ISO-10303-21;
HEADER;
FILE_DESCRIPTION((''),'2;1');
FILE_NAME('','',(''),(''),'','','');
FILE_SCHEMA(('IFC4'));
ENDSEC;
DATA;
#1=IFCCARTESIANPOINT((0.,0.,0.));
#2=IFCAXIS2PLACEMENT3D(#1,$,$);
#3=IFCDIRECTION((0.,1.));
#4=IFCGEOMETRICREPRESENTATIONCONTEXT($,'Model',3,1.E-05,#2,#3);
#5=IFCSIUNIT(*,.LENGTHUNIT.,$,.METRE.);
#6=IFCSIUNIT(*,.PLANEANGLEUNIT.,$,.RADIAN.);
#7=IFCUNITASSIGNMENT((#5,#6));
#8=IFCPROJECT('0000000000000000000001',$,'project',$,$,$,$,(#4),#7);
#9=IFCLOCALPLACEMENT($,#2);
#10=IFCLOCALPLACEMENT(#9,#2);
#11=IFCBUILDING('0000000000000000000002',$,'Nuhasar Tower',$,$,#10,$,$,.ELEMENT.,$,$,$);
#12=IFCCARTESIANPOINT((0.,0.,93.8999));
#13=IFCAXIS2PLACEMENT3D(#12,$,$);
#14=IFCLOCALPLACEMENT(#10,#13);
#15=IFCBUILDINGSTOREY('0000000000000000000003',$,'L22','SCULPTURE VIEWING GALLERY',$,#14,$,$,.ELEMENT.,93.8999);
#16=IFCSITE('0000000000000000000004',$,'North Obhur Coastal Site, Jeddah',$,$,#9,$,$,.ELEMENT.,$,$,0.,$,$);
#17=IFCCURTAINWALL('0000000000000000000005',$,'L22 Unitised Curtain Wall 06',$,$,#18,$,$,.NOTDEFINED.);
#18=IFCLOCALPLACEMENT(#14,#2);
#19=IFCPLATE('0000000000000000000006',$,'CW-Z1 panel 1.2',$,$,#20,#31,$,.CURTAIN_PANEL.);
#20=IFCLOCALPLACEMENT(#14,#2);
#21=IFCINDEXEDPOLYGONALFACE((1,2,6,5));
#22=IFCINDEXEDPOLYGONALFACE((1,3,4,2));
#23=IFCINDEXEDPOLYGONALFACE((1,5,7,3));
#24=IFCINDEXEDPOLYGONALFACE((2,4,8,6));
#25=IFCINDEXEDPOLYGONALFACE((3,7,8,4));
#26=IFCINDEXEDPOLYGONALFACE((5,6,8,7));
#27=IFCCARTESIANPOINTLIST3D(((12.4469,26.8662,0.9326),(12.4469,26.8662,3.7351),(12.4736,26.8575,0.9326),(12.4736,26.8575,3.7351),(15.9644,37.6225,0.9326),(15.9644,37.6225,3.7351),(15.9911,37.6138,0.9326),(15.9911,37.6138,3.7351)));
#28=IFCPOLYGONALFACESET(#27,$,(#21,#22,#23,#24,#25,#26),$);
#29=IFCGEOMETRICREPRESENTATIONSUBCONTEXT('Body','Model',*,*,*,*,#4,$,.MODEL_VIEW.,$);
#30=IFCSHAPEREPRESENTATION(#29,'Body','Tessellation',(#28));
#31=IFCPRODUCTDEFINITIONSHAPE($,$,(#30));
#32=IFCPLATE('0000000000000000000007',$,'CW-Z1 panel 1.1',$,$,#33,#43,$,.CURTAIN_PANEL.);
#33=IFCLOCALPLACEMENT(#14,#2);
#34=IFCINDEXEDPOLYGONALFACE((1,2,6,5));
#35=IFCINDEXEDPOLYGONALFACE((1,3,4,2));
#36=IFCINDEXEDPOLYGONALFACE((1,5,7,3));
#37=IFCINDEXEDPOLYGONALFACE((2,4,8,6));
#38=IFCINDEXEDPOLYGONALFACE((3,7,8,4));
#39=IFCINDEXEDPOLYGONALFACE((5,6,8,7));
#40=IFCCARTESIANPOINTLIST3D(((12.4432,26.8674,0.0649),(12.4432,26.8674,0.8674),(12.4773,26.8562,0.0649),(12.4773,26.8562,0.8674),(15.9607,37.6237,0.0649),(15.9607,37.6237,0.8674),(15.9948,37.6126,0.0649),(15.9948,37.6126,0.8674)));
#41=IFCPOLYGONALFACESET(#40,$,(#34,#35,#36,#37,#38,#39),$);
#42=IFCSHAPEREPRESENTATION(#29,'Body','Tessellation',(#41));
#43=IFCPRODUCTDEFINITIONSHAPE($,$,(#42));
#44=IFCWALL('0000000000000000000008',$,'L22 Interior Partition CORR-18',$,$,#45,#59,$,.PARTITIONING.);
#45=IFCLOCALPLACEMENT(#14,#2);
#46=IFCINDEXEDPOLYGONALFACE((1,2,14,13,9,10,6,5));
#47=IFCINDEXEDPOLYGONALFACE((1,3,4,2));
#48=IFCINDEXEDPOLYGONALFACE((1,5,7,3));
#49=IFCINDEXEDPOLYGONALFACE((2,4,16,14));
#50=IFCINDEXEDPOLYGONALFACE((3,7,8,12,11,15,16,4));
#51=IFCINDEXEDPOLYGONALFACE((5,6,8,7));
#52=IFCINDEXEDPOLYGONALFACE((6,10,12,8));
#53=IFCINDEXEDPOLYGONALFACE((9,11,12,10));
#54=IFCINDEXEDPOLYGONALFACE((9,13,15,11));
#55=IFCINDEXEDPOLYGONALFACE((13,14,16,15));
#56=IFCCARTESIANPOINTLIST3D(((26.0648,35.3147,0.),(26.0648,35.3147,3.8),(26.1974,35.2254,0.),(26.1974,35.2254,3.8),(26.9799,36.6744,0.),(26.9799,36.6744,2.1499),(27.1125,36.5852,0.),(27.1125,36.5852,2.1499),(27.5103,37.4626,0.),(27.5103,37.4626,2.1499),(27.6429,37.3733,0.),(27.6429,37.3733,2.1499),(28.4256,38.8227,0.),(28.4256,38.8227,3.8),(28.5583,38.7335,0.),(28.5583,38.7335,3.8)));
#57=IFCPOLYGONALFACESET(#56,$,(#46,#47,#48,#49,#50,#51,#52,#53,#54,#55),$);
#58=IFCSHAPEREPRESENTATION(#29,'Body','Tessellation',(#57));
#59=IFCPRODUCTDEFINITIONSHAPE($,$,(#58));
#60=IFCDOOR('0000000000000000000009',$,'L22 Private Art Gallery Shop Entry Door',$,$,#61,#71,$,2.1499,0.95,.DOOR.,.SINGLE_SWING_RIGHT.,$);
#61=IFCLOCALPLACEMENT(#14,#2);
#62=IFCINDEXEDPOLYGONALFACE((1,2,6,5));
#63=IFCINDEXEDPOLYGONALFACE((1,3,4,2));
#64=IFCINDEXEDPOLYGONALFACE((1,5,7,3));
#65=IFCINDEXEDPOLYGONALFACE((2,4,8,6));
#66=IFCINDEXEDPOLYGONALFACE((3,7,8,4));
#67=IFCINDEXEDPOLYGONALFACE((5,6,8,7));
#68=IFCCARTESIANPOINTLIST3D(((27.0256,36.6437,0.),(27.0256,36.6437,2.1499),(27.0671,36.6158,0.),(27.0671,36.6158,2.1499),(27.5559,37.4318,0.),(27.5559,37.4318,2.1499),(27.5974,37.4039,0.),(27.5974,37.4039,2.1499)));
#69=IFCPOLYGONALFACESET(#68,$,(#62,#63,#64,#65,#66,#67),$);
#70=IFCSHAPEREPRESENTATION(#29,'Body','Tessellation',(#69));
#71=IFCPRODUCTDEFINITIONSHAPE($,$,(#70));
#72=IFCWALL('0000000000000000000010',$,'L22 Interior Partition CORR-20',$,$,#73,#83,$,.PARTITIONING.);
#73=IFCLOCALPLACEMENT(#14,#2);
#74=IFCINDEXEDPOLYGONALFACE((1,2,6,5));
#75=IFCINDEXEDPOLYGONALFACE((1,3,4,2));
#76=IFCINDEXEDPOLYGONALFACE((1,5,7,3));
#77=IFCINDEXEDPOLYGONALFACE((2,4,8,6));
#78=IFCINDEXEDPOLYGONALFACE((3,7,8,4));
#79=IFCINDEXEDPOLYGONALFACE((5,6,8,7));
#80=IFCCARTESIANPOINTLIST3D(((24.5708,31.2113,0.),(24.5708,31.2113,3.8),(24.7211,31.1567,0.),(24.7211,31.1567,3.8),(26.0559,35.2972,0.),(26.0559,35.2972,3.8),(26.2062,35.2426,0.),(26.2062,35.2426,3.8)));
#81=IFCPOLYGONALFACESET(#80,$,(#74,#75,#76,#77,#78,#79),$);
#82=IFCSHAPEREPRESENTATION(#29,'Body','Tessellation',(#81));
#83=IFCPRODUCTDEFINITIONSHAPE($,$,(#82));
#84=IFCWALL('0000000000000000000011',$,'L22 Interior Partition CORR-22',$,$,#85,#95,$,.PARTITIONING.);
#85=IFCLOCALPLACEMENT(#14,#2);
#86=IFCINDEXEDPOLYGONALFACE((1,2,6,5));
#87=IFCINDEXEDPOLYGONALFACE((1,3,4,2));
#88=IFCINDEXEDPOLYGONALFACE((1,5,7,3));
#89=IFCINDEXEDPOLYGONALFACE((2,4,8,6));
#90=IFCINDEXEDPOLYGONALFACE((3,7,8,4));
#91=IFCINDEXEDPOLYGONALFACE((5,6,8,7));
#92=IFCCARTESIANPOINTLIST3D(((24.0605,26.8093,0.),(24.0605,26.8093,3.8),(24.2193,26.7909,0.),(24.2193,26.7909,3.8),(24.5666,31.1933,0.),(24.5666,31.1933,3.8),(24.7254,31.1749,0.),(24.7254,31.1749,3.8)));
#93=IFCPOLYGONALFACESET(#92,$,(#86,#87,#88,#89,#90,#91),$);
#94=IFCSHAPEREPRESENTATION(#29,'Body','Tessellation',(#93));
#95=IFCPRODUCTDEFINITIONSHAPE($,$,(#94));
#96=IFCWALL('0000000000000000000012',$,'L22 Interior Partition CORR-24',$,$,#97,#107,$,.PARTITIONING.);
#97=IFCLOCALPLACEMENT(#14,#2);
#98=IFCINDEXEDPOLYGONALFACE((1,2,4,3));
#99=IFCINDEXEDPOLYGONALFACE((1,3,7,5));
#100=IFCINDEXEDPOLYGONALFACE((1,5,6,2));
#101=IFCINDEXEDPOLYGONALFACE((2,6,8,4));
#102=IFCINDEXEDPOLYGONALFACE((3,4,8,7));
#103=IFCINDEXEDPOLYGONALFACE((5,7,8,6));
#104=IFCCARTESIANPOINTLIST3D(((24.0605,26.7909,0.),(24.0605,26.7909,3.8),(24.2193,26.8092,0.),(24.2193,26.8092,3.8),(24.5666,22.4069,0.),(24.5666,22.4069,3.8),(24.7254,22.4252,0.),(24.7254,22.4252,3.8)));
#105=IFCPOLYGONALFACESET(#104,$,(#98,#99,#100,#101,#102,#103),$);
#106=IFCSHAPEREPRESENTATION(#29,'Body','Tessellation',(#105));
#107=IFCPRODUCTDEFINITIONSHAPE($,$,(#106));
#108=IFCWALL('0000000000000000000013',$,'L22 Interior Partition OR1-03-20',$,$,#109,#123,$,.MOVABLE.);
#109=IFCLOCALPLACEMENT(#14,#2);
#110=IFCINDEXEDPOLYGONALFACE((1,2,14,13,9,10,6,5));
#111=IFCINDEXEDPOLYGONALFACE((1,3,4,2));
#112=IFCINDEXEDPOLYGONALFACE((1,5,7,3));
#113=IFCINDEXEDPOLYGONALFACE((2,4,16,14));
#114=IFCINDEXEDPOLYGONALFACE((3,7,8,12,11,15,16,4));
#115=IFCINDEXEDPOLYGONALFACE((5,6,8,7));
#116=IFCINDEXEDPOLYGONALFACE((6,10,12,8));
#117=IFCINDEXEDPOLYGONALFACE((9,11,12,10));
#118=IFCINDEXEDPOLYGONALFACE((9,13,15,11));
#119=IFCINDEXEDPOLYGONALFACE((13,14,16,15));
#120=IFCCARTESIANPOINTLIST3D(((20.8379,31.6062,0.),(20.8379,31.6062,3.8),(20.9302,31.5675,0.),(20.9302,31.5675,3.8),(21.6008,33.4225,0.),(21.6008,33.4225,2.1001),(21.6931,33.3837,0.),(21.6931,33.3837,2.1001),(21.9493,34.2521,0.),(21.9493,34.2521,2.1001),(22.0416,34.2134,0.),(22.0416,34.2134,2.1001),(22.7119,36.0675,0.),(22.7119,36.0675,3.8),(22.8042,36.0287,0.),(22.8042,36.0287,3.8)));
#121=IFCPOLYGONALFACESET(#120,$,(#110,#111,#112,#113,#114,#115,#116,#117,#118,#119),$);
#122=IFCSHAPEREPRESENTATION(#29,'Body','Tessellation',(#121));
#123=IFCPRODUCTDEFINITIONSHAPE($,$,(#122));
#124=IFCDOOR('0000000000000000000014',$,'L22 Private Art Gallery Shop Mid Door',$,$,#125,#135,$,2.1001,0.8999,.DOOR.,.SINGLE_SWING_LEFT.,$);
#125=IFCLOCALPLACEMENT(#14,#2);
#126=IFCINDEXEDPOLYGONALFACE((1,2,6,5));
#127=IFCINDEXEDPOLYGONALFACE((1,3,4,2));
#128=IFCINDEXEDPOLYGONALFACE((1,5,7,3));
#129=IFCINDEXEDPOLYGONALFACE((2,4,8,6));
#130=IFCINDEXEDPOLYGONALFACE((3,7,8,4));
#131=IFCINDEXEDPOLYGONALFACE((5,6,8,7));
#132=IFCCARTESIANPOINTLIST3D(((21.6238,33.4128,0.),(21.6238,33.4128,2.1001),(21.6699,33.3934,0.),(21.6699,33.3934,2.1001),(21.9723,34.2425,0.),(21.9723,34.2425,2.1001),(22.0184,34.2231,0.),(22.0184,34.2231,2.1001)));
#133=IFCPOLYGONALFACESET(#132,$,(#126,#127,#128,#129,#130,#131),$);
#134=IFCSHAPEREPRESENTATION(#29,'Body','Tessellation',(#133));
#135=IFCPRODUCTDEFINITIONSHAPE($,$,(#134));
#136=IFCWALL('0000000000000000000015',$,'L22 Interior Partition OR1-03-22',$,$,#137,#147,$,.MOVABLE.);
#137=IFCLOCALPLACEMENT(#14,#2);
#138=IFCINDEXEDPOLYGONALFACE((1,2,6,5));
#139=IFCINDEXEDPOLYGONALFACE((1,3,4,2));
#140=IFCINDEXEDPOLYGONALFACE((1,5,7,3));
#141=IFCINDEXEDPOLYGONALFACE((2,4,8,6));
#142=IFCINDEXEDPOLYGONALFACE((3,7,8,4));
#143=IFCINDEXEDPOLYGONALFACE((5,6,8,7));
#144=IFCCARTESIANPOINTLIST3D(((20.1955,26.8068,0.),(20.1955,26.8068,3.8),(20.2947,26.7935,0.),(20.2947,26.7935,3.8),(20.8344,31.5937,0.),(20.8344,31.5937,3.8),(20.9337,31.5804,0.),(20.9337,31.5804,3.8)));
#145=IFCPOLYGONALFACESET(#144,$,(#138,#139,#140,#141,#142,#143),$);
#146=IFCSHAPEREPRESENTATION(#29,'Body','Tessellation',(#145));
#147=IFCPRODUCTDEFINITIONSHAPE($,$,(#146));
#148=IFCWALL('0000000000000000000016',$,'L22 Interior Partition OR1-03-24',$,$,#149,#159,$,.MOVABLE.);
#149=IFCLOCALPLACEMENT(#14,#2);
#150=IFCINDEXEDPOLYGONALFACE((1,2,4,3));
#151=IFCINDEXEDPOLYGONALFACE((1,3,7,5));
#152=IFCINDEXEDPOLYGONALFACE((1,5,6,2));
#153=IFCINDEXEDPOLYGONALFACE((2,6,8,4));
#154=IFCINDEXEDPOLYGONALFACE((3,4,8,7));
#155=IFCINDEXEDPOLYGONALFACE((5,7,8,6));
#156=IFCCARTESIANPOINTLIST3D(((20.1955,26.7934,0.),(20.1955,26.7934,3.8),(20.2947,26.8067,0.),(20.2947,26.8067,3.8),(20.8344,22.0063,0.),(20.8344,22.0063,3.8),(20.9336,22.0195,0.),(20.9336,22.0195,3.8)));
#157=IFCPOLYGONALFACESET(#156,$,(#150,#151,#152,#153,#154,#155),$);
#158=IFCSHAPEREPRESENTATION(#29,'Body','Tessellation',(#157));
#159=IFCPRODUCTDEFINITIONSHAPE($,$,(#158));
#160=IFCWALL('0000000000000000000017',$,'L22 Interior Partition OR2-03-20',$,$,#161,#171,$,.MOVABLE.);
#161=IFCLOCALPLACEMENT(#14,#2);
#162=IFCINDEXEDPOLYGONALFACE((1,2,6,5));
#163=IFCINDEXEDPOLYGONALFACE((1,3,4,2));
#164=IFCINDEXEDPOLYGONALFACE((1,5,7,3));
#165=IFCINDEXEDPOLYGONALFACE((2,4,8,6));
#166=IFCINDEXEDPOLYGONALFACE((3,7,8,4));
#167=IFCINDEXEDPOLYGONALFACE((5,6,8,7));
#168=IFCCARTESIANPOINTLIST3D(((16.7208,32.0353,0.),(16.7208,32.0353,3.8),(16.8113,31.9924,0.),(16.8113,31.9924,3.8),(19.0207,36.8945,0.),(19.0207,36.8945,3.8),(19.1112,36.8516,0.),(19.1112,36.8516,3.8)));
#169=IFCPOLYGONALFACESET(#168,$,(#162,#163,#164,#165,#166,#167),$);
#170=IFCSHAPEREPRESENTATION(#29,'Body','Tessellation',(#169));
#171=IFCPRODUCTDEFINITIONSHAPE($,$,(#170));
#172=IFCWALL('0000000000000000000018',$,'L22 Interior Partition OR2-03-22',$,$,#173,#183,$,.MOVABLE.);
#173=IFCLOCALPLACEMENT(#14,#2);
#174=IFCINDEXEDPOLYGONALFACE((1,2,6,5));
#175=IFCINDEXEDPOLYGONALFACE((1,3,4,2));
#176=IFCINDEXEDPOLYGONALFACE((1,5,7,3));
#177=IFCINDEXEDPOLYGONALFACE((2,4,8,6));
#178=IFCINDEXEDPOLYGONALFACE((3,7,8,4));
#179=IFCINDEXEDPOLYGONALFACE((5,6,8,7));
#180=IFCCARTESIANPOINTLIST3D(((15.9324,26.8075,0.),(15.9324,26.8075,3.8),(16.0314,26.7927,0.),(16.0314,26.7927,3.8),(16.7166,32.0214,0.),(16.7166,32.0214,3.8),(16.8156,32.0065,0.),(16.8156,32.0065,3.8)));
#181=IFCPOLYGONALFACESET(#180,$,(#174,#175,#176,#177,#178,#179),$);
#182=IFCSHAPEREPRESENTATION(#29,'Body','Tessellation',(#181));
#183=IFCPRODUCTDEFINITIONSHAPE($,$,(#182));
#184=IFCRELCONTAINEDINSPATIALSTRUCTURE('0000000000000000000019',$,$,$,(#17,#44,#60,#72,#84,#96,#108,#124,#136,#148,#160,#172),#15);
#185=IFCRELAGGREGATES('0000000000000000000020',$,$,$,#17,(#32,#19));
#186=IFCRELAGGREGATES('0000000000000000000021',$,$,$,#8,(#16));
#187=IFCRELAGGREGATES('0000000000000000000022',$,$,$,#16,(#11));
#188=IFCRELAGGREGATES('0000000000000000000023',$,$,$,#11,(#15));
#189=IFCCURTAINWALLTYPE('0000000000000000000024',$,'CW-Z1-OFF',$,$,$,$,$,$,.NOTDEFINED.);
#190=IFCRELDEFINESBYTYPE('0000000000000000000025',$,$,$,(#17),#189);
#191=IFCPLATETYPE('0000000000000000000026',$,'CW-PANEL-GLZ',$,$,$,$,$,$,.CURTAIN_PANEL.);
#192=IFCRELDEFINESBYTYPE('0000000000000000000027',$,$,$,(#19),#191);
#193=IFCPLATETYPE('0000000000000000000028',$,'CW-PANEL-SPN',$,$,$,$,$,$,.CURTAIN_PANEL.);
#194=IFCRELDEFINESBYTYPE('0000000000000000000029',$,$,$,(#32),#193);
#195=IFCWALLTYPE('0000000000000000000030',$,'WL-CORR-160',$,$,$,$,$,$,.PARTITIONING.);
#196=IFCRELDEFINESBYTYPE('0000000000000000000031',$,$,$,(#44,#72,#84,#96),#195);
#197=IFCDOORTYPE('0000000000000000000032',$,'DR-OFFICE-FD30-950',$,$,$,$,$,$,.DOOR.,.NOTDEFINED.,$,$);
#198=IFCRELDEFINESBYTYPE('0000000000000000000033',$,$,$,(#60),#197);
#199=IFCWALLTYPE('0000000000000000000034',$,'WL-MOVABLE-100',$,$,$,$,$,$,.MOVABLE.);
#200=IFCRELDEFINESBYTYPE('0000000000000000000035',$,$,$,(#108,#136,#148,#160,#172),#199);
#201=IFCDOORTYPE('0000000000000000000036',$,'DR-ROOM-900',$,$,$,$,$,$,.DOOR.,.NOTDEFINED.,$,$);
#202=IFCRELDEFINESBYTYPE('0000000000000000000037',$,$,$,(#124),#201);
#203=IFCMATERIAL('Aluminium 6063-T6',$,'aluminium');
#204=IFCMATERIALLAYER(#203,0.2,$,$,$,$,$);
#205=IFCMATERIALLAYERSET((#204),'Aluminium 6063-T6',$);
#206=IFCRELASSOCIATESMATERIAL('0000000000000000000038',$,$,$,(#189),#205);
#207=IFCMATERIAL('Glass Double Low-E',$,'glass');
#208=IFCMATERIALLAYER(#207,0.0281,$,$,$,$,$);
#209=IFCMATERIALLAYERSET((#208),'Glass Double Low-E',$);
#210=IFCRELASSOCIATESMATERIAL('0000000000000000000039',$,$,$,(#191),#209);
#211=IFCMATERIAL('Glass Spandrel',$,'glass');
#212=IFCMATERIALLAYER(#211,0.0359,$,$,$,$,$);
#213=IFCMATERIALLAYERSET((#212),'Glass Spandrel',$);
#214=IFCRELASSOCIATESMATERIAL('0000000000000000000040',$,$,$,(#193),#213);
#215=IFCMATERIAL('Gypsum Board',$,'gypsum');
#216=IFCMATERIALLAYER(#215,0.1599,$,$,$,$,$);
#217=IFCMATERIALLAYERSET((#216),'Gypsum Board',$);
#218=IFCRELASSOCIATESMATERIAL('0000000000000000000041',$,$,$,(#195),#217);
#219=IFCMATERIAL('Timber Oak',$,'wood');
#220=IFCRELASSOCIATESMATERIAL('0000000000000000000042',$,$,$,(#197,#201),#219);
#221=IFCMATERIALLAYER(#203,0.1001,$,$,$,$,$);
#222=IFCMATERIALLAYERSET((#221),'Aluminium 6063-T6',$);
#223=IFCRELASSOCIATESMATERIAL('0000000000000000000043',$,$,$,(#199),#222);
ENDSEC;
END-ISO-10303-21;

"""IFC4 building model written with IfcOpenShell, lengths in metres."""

from ifc_helpers import new_model, si_unit, direction, frame, frame_2d, origin, origin_2d, place, context, subcontext, project, spatial, rectangle, extrude, material, layer, layer_set, type_object, element, fill, aggregate, save


model = new_model("IFC4")

# Units and contexts
model_context = context("Model", 3, precision=1e-05, world=origin(), true_north=direction((0.0, 1.0)))
body_context = subcontext(model_context, "Body", "Model", "MODEL_VIEW")
ifc_project = project(units=[si_unit("LENGTHUNIT", "METRE"), si_unit("PLANEANGLEUNIT", "RADIAN")], contexts=[model_context])

# Site, building, storey
site_placement = place(None, origin())
site = spatial("IfcSite", under=ifc_project, at=site_placement, Name="North Obhur Coastal Site, Jeddah", CompositionType="ELEMENT", RefElevation=0.0)
building_placement = place(site_placement, origin())
building = spatial("IfcBuilding", under=site, at=building_placement, Name="Nuhasar Tower", CompositionType="ELEMENT")
storey_placement = place(building_placement, frame((0.0, 0.0, 93.8999)))
storey = spatial("IfcBuildingStorey", under=building, at=storey_placement, Name="L22", Description="SCULPTURE VIEWING GALLERY", CompositionType="ELEMENT", Elevation=93.8999)

# Curtain wall
ifc_material_1 = material(Name="Aluminium 6063-T6", Category="aluminium")
ifc_layer_1 = layer(ifc_material_1, 0.2)
ifc_layer_set_1 = layer_set([ifc_layer_1], Name="Aluminium 6063-T6")
curtain_wall_type = type_object("IfcCurtainWallType", Name="CW-Z1-OFF", PredefinedType="NOTDEFINED", material=ifc_layer_set_1)
curtain_wall_1_placement = place(storey_placement, origin())
curtain_wall_1 = element("IfcCurtainWall", 1, at=curtain_wall_1_placement, inside=storey, type_object=curtain_wall_type, Name="L22 Unitised Curtain Wall 06", PredefinedType="NOTDEFINED")

# Plates
ifc_material_2 = material(Name="Glass Double Low-E", Category="glass")
ifc_layer_2 = layer(ifc_material_2, 0.0281)
ifc_layer_set_2 = layer_set([ifc_layer_2], Name="Glass Double Low-E")
plate_type_1 = type_object("IfcPlateType", Name="CW-PANEL-GLZ", PredefinedType="CURTAIN_PANEL", material=ifc_layer_set_2)
plate_1_placement = place(storey_placement, frame((14.219, 32.24, 0.9326), z_axis=(0.0, 0.0, 1.0), x_axis=(-0.310824, -0.950468, 0.0)))
plate_1 = element("IfcPlate", 2, at=plate_1_placement, type_object=plate_type_1, Name="CW-Z1 panel 1.2", PredefinedType="CURTAIN_PANEL", context=body_context, shape_type="SweptSolid", body=[
    extrude(rectangle(XDim=11.3169, YDim=0.0281, at=origin_2d()), origin(), (0.0, 0.0, 1.0), 2.8025),
])
ifc_material_3 = material(Name="Glass Spandrel", Category="glass")
ifc_layer_3 = layer(ifc_material_3, 0.0359)
ifc_layer_set_3 = layer_set([ifc_layer_3], Name="Glass Spandrel")
plate_type_2 = type_object("IfcPlateType", Name="CW-PANEL-SPN", PredefinedType="CURTAIN_PANEL", material=ifc_layer_set_3)
plate_2_placement = place(storey_placement, frame((14.219, 32.24, 0.0649), z_axis=(0.0, 0.0, 1.0), x_axis=(-0.310824, -0.950468, 0.0)))
plate_2 = element("IfcPlate", 3, at=plate_2_placement, type_object=plate_type_2, Name="CW-Z1 panel 1.1", PredefinedType="CURTAIN_PANEL", context=body_context, shape_type="SweptSolid", body=[
    extrude(rectangle(XDim=11.3169, YDim=0.0359, at=origin_2d()), origin(), (0.0, 0.0, 1.0), 0.8025),
])
aggregate(curtain_wall_1, [plate_2, plate_1])

# Wall, opening, door
ifc_material_4 = material(Name="Gypsum Board", Category="gypsum")
ifc_layer_4 = layer(ifc_material_4, 0.1599)
ifc_layer_set_4 = layer_set([ifc_layer_4], Name="Gypsum Board")
wall_type_1 = type_object("IfcWallType", Name="WL-CORR-160", PredefinedType="PARTITIONING", material=ifc_layer_set_4)
wall_1_placement = place(storey_placement, frame((26.1311, 35.27, 0.0), z_axis=(0.0, 0.0, 1.0), x_axis=(0.558319, 0.829626, 0.0)))
wall_1 = element("IfcWall", 4, at=wall_1_placement, inside=storey, type_object=wall_type_1, Name="L22 Interior Partition CORR-18", PredefinedType="PARTITIONING", context=body_context, shape_type="SweptSolid", body=[
    extrude(rectangle(XDim=4.2285, YDim=0.1599, at=frame_2d((2.1143, 0.0))), origin(), (0.0, 0.0, 1.0), 3.8),
])
opening_1_placement = place(wall_1_placement, frame((1.6389, 0.0, 0.0)))
opening_1 = element("IfcOpeningElement", 5, at=opening_1_placement, cuts=wall_1, PredefinedType="OPENING", context=body_context, shape_type="SweptSolid", body=[
    extrude(rectangle(XDim=0.95, YDim=2.1499, at=frame_2d((0.4751, 1.075))), frame((0.0, 0.0898, 0.0), z_axis=(0.0, -1.0, 0.0), x_axis=(1.0, 0.0, 0.0)), (0.0, 0.0, 1.0), 0.1799),
])
ifc_material_5 = material(Name="Timber Oak", Category="wood")
door_type_1 = type_object("IfcDoorType", Name="DR-OFFICE-FD30-950", OperationType="NOTDEFINED", PredefinedType="DOOR", material=ifc_material_5)
door_1_placement = place(opening_1_placement, origin())
door_1 = element("IfcDoor", 6, at=door_1_placement, inside=storey, type_object=door_type_1, Name="L22 Private Art Gallery Shop Entry Door", OperationType="SINGLE_SWING_RIGHT", OverallHeight=2.1499, OverallWidth=0.95, PredefinedType="DOOR", context=body_context, shape_type="SweptSolid", body=[
    extrude(rectangle(XDim=0.95, YDim=2.1499, at=frame_2d((0.4751, 1.075))), frame((0.0, 0.0249, 0.0), z_axis=(0.0, -1.0, 0.0), x_axis=(1.0, 0.0, 0.0)), (0.0, 0.0, 1.0), 0.05),
])
fill(opening_1, door_1)

# Walls
wall_2_placement = place(storey_placement, frame((26.1311, 35.27, 0.0), z_axis=(0.0, 0.0, 1.0), x_axis=(-0.341603, -0.939844, 0.0)))
element("IfcWall", 7, at=wall_2_placement, inside=storey, type_object=wall_type_1, Name="L22 Interior Partition CORR-20", PredefinedType="PARTITIONING", context=body_context, shape_type="SweptSolid", body=[
    extrude(rectangle(XDim=4.3474, YDim=0.1599, at=frame_2d((2.1738, 0.0))), origin(), (0.0, 0.0, 1.0), 3.8),
])
for number, where, z_axis, x_axis, name in (
    (8, (24.646, 31.1841, 0.0), (0.0, 0.0, 1.0), (-0.114681, -0.993402, 0.0), "L22 Interior Partition CORR-22"),
    (9, (24.1399, 26.8, 0.0), (0.0, 0.0, 1.0), (0.114681, -0.993402, 0.0), "L22 Interior Partition CORR-24"),
):
    element("IfcWall", number, at=place(storey_placement, frame(where, z_axis=z_axis, x_axis=x_axis)), inside=storey, type_object=wall_type_1, Name=name, PredefinedType="PARTITIONING", context=body_context, shape_type="SweptSolid", body=[
        extrude(rectangle(XDim=4.4131, YDim=0.1599, at=frame_2d((2.2065, 0.0))), origin(), (0.0, 0.0, 1.0), 3.8),
    ])

# Wall, opening, door
ifc_layer_5 = layer(ifc_material_1, 0.1001)
ifc_layer_set_5 = layer_set([ifc_layer_5], Name="Aluminium 6063-T6")
wall_type_2 = type_object("IfcWallType", Name="WL-MOVABLE-100", PredefinedType="MOVABLE", material=ifc_layer_set_5)
wall_3_placement = place(storey_placement, frame((22.7581, 36.0481, 0.0), z_axis=(0.0, 0.0, 1.0), x_axis=(-0.38729, -0.921958, 0.0)))
wall_3 = element("IfcWall", 10, at=wall_3_placement, inside=storey, type_object=wall_type_2, Name="L22 Interior Partition OR1-03-20", PredefinedType="MOVABLE", context=body_context, shape_type="SweptSolid", body=[
    extrude(rectangle(XDim=4.8389, YDim=0.1001, at=frame_2d((2.4194, 0.0))), origin(), (0.0, 0.0, 1.0), 3.8),
])
opening_2_placement = place(wall_3_placement, frame((1.969, 0.0, 0.0)))
opening_2 = element("IfcOpeningElement", 11, at=opening_2_placement, cuts=wall_3, PredefinedType="OPENING", context=body_context, shape_type="SweptSolid", body=[
    extrude(rectangle(XDim=0.8999, YDim=2.1001, at=frame_2d((0.45, 1.05))), frame((0.0, 0.0601, 0.0), z_axis=(0.0, -1.0, 0.0), x_axis=(1.0, 0.0, 0.0)), (0.0, 0.0, 1.0), 0.1201),
])
door_type_2 = type_object("IfcDoorType", Name="DR-ROOM-900", OperationType="NOTDEFINED", PredefinedType="DOOR", material=ifc_material_5)
door_2_placement = place(opening_2_placement, origin())
door_2 = element("IfcDoor", 12, at=door_2_placement, inside=storey, type_object=door_type_2, Name="L22 Private Art Gallery Shop Mid Door", OperationType="SINGLE_SWING_LEFT", OverallHeight=2.1001, OverallWidth=0.8999, PredefinedType="DOOR", context=body_context, shape_type="SweptSolid", body=[
    extrude(rectangle(XDim=0.8999, YDim=2.1001, at=frame_2d((0.45, 1.05))), frame((0.0, 0.0249, 0.0), z_axis=(0.0, -1.0, 0.0), x_axis=(1.0, 0.0, 0.0)), (0.0, 0.0, 1.0), 0.05),
])
fill(opening_2, door_2)

# Walls
wall_4_placement = place(storey_placement, frame((20.884, 31.5869, 0.0), z_axis=(0.0, 0.0, 1.0), x_axis=(-0.132299, -0.99121, 0.0)))
element("IfcWall", 13, at=wall_4_placement, inside=storey, type_object=wall_type_2, Name="L22 Interior Partition OR1-03-22", PredefinedType="MOVABLE", context=body_context, shape_type="SweptSolid", body=[
    extrude(rectangle(XDim=4.8293, YDim=0.1001, at=frame_2d((2.4146, 0.0))), origin(), (0.0, 0.0, 1.0), 3.8),
])
wall_5_placement = place(storey_placement, frame((20.2451, 26.8, 0.0), z_axis=(0.0, 0.0, 1.0), x_axis=(0.132293, -0.991211, 0.0)))
element("IfcWall", 14, at=wall_5_placement, inside=storey, type_object=wall_type_2, Name="L22 Interior Partition OR1-03-24", PredefinedType="MOVABLE", context=body_context, shape_type="SweptSolid", body=[
    extrude(rectangle(XDim=4.8296, YDim=0.1001, at=frame_2d((2.4148, 0.0))), origin(), (0.0, 0.0, 1.0), 3.8),
])
wall_6_placement = place(storey_placement, frame((19.0659, 36.873, 0.0), z_axis=(0.0, 0.0, 1.0), x_axis=(-0.427799, -0.903874, 0.0)))
element("IfcWall", 15, at=wall_6_placement, inside=storey, type_object=wall_type_2, Name="L22 Interior Partition OR2-03-20", PredefinedType="MOVABLE", context=body_context, shape_type="SweptSolid", body=[
    extrude(rectangle(XDim=5.376, YDim=0.1001, at=frame_2d((2.688, 0.0))), origin(), (0.0, 0.0, 1.0), 3.8),
])
wall_7_placement = place(storey_placement, frame((16.7661, 32.0139, 0.0), z_axis=(0.0, 0.0, 1.0), x_axis=(-0.14873, -0.988878, 0.0)))
element("IfcWall", 16, at=wall_7_placement, inside=storey, type_object=wall_type_2, Name="L22 Interior Partition OR2-03-22", PredefinedType="MOVABLE", context=body_context, shape_type="SweptSolid", body=[
    extrude(rectangle(XDim=5.2725, YDim=0.1001, at=frame_2d((2.6362, 0.0))), origin(), (0.0, 0.0, 1.0), 3.8),
])

save(model, "model.ifc")
